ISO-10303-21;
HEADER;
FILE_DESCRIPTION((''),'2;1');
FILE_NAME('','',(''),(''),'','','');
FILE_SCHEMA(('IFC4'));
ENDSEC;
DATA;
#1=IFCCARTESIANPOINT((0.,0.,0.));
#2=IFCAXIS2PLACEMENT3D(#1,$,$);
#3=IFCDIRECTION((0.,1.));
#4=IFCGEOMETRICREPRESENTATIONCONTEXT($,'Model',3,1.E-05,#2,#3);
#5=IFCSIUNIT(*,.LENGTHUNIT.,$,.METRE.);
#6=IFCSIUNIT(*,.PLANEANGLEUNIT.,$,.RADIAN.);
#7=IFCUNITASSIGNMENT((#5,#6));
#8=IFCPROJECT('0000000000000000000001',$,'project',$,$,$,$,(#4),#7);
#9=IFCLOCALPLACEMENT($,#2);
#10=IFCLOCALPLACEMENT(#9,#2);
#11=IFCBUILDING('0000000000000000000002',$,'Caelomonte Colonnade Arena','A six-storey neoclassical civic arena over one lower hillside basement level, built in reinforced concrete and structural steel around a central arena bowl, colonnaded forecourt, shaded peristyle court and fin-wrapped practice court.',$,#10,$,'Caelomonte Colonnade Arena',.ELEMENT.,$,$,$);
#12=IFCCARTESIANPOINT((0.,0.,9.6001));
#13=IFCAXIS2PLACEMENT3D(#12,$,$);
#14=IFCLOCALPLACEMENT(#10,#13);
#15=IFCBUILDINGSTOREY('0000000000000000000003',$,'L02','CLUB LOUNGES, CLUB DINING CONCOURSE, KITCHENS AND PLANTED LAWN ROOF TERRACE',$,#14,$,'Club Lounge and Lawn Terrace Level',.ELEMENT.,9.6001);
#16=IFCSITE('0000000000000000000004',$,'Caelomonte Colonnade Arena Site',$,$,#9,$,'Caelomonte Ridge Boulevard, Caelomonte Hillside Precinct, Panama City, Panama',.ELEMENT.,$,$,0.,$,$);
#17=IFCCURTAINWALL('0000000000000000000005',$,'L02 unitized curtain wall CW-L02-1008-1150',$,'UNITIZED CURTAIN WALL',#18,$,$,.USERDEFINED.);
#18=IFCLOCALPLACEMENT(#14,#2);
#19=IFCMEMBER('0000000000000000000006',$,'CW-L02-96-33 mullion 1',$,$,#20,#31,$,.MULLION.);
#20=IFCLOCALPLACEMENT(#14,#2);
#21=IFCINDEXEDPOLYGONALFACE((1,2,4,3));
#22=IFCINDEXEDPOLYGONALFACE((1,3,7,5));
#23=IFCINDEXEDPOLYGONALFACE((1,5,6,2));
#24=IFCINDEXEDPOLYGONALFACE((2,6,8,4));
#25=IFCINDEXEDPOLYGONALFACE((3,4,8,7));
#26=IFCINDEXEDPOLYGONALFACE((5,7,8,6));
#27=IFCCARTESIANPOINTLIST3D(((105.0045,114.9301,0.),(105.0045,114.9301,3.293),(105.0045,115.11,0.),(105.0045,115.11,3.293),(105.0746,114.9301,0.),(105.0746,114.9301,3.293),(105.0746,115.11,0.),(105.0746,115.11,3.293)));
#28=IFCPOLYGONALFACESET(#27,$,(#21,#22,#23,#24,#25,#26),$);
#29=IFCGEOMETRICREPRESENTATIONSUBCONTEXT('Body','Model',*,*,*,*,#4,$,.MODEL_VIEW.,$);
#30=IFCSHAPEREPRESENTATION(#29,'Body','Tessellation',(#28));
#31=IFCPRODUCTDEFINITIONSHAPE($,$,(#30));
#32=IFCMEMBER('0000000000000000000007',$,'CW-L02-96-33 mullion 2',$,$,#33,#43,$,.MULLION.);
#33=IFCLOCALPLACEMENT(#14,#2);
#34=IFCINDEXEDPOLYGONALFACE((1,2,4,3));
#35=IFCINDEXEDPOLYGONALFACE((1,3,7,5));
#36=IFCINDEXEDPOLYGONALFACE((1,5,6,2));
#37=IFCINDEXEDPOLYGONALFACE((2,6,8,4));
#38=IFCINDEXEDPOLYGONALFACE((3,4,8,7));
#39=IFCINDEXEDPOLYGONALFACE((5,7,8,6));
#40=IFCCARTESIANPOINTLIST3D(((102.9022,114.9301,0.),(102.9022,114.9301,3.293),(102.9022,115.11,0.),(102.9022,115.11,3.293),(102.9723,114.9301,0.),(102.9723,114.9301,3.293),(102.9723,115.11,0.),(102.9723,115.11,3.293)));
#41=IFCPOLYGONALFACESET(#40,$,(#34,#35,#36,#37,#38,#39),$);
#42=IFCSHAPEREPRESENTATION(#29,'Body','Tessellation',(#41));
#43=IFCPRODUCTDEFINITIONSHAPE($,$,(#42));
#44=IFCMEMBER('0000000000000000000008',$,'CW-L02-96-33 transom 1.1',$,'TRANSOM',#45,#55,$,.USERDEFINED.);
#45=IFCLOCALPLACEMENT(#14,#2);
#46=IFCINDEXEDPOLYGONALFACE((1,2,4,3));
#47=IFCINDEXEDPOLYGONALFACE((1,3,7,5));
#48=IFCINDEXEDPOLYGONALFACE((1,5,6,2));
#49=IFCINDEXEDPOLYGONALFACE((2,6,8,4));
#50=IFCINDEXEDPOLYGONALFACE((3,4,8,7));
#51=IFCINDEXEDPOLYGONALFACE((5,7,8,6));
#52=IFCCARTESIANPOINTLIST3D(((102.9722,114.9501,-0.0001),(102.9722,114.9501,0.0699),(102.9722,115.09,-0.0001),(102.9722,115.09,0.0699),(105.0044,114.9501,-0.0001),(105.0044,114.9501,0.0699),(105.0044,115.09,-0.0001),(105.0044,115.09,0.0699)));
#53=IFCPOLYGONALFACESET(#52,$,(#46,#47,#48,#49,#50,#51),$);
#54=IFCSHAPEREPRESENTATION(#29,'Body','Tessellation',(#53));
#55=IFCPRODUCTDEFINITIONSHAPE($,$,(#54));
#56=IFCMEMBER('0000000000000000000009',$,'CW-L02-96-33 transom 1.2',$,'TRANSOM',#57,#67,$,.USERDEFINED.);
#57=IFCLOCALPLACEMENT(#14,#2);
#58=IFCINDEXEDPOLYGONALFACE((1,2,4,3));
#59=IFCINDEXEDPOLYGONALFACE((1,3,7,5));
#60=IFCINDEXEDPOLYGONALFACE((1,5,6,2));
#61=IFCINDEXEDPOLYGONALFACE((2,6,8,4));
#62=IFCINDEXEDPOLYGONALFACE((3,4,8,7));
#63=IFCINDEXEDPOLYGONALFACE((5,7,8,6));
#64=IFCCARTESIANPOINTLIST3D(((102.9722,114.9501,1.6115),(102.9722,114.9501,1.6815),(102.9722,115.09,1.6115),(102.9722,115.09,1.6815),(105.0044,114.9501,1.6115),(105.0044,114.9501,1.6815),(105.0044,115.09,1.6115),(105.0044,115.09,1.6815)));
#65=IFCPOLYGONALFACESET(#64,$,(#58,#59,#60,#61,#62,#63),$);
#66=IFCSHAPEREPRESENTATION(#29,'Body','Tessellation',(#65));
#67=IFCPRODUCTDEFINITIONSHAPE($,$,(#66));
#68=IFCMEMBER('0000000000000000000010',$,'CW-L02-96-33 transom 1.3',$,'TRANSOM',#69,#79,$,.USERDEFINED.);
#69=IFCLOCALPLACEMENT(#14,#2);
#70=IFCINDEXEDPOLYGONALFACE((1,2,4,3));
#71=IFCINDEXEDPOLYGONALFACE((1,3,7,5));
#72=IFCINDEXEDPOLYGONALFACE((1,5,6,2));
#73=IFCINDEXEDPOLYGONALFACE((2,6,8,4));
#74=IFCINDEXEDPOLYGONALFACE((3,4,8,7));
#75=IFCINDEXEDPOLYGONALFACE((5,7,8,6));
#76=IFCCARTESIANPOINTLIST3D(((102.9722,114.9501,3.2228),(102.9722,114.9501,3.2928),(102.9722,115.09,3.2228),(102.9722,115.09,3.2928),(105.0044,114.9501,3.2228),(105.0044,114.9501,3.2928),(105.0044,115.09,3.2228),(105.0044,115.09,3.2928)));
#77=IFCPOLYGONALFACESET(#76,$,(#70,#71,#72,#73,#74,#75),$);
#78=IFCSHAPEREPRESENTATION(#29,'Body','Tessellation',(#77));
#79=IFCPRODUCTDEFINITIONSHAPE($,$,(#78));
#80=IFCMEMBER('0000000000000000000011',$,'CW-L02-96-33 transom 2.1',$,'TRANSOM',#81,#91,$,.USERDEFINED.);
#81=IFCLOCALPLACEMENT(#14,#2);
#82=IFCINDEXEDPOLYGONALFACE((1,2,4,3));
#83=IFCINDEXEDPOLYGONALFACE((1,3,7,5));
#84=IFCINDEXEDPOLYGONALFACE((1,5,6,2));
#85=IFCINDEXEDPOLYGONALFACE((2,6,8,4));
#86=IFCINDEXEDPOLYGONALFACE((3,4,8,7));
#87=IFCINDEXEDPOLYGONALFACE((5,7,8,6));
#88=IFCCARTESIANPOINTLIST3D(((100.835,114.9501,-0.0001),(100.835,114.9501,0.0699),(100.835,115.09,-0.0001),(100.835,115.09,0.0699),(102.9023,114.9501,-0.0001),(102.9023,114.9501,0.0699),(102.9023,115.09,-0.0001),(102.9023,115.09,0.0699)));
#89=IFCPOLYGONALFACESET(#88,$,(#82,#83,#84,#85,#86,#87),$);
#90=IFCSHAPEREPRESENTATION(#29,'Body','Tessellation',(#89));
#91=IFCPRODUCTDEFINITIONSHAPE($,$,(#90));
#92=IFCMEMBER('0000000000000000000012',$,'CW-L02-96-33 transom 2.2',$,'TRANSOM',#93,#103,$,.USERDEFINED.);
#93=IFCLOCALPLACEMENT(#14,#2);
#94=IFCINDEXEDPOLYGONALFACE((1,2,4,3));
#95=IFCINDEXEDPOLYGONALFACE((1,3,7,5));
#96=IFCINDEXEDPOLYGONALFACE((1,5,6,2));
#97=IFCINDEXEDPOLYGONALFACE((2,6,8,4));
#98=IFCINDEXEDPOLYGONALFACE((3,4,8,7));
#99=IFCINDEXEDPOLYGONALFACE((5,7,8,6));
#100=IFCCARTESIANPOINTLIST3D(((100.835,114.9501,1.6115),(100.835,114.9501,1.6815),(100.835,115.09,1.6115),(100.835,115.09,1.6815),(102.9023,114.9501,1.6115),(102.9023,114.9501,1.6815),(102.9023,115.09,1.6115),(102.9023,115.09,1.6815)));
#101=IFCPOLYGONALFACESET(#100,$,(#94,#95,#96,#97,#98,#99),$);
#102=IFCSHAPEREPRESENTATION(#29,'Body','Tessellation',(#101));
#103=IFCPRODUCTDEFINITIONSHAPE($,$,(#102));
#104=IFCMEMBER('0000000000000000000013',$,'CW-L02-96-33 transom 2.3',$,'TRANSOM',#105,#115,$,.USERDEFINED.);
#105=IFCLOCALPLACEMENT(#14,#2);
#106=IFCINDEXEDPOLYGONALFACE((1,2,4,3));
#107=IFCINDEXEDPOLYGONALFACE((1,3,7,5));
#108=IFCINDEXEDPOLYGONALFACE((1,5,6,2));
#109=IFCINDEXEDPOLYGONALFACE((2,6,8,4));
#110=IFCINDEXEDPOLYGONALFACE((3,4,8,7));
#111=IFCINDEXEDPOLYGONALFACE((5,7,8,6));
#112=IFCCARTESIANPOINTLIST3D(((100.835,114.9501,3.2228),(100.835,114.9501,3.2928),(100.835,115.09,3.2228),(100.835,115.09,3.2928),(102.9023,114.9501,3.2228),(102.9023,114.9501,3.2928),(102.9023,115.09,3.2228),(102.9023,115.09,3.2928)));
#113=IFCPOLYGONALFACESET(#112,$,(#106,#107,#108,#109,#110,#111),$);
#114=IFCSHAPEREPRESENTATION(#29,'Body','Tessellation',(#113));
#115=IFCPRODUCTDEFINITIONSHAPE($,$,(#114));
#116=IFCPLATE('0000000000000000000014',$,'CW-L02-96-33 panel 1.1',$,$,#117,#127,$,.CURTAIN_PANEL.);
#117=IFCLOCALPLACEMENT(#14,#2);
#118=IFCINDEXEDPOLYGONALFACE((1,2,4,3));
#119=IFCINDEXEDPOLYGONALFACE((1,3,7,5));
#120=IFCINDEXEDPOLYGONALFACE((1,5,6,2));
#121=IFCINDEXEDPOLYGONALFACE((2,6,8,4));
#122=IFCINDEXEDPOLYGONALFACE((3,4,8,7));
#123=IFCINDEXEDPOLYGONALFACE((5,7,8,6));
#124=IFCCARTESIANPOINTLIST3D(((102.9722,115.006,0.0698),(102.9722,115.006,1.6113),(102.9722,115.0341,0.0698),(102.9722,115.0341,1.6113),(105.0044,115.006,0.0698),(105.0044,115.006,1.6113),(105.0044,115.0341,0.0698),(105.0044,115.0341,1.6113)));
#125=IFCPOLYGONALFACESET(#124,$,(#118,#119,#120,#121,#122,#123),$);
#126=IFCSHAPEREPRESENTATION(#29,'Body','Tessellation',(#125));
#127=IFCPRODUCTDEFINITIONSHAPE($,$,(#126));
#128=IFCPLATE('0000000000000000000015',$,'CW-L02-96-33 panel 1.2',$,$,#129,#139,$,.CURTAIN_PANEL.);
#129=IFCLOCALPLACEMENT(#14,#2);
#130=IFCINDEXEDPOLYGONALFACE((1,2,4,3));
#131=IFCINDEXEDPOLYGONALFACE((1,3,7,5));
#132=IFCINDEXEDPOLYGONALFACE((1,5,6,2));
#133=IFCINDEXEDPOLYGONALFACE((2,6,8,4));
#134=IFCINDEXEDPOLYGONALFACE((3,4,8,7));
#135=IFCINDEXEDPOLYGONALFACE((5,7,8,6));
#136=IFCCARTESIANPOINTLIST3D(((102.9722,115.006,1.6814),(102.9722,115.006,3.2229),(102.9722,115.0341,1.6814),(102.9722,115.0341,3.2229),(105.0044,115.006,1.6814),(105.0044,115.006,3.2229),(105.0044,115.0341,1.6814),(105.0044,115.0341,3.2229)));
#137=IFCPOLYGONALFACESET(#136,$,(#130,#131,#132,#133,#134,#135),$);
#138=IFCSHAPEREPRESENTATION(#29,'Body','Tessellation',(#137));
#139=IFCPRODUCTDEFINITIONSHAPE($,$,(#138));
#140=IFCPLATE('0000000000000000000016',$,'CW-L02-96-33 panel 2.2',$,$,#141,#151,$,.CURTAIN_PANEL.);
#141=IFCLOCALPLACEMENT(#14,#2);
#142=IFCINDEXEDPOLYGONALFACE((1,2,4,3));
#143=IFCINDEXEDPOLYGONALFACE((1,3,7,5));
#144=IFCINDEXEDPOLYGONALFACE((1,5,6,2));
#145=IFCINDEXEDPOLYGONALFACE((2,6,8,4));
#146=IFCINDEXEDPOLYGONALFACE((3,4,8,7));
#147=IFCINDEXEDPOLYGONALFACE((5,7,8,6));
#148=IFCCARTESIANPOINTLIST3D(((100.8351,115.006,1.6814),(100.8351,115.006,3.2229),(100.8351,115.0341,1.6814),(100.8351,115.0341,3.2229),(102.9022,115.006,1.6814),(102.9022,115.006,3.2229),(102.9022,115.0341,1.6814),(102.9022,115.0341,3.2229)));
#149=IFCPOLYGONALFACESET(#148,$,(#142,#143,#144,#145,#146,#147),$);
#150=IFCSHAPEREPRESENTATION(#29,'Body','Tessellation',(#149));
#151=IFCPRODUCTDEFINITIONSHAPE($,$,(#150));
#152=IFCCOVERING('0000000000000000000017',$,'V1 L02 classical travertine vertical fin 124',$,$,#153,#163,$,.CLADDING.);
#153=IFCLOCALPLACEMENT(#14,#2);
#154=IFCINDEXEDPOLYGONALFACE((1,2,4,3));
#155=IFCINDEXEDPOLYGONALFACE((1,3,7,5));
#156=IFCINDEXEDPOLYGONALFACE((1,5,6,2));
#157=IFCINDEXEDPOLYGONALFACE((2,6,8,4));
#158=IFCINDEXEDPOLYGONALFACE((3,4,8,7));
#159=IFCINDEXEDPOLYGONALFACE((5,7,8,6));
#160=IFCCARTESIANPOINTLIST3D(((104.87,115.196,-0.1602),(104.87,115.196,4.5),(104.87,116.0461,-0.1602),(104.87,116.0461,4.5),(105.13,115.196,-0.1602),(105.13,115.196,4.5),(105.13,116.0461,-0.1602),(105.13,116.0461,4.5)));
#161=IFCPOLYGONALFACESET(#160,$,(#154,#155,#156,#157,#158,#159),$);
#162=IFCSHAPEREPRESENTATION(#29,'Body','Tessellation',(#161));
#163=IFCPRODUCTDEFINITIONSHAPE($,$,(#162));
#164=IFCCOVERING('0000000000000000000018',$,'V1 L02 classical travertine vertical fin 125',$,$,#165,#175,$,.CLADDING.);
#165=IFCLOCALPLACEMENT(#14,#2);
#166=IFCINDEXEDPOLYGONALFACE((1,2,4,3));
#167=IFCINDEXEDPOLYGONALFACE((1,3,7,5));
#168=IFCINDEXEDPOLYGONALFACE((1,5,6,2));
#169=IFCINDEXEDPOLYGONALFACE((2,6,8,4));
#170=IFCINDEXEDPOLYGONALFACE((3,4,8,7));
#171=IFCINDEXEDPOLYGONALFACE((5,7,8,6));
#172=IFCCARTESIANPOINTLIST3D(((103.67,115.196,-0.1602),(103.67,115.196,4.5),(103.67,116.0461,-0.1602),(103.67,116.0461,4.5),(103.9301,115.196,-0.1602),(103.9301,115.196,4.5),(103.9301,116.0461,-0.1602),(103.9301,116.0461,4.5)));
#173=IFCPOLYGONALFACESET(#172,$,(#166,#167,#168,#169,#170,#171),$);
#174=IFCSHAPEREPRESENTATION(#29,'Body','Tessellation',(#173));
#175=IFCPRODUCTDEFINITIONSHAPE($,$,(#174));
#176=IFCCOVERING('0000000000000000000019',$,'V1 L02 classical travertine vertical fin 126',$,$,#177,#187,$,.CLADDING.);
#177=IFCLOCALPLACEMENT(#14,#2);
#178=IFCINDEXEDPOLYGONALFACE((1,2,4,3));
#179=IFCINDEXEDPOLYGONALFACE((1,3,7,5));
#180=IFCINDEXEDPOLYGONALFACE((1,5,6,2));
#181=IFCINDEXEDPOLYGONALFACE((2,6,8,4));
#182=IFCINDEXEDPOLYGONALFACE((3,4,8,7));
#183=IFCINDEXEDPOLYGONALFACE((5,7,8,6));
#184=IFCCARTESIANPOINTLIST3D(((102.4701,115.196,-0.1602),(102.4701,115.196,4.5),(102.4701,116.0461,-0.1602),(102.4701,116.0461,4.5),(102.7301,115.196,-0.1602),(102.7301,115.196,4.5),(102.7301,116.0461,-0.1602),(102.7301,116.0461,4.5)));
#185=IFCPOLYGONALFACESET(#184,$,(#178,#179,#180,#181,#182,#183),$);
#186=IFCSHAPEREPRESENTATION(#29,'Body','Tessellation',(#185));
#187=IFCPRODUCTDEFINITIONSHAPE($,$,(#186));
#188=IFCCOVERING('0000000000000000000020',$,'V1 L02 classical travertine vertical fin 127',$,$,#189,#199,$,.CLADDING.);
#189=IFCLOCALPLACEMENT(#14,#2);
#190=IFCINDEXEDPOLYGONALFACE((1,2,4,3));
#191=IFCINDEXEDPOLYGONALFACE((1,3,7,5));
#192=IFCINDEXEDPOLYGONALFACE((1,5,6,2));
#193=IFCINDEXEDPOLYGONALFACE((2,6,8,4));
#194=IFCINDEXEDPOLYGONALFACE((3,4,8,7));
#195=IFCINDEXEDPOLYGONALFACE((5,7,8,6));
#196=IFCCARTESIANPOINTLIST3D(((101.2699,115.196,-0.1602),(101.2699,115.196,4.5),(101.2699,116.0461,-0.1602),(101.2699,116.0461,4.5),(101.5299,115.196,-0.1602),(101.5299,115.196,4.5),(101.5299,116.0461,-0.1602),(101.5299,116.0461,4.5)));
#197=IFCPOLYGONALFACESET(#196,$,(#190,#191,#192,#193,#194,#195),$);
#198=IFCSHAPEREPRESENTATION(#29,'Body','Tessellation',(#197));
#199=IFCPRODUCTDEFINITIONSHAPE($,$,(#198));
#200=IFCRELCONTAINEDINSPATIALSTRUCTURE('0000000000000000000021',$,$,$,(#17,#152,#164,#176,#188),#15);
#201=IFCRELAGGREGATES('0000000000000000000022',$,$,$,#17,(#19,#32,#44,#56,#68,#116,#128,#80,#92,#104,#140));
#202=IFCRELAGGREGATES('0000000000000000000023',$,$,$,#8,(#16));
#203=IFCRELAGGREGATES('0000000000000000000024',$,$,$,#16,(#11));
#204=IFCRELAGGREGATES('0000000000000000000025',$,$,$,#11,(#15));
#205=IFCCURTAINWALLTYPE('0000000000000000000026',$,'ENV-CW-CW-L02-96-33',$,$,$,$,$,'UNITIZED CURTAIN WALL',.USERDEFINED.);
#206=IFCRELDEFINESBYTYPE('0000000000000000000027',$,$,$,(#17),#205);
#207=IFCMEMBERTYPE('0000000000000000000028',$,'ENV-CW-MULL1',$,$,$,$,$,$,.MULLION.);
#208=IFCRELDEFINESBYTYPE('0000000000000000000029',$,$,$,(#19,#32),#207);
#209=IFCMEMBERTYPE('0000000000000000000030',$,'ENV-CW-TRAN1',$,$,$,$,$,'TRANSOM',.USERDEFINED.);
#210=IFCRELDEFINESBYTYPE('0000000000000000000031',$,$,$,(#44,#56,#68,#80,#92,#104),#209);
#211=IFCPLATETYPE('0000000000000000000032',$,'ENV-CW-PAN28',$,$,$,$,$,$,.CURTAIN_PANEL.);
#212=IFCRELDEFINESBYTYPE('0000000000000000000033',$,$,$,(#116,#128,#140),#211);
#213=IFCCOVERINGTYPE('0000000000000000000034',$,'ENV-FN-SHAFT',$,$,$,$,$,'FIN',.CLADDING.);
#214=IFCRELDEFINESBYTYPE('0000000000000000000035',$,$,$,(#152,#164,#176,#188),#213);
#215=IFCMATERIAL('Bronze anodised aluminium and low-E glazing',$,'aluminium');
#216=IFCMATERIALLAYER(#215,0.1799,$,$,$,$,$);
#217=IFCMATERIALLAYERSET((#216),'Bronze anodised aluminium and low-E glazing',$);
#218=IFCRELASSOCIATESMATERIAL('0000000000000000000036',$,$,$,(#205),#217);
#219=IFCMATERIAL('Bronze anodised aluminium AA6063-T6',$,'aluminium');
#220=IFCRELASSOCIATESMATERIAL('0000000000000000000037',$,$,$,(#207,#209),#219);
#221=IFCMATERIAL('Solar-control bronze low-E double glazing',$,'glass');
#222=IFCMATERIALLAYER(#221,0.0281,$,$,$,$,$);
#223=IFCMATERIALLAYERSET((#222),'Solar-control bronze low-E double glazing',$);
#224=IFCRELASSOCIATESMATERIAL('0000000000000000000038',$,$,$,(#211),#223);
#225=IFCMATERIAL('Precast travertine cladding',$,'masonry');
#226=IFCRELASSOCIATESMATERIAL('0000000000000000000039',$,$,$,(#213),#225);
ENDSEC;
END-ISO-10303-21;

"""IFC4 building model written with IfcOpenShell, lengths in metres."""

from ifc_helpers import new_model, si_unit, direction, frame, origin, origin_2d, place, context, subcontext, project, spatial, rectangle, extrude, material, layer, layer_set, material_profile, profile_set, type_object, element, aggregate, save


model = new_model("IFC4")

# Units and contexts
model_context = context("Model", 3, precision=1e-05, world=origin(), true_north=direction((0.0, 1.0)))
body_context = subcontext(model_context, "Body", "Model", "MODEL_VIEW")
ifc_project = project(units=[si_unit("LENGTHUNIT", "METRE"), si_unit("PLANEANGLEUNIT", "RADIAN")], contexts=[model_context])

# Site, building, storey
site_placement = place(None, origin())
site = spatial("IfcSite", under=ifc_project, at=site_placement, Name="Caelomonte Colonnade Arena Site", LongName="Caelomonte Ridge Boulevard, Caelomonte Hillside Precinct, Panama City, Panama", CompositionType="ELEMENT", RefElevation=0.0)
building_placement = place(site_placement, origin())
building = spatial("IfcBuilding", under=site, at=building_placement, Name="Caelomonte Colonnade Arena", Description="A six-storey neoclassical civic arena over one lower hillside basement level, built in reinforced concrete and structural steel around a central arena bowl, colonnaded forecourt, shaded peristyle court and fin-wrapped practice court.", LongName="Caelomonte Colonnade Arena", CompositionType="ELEMENT")
storey_placement = place(building_placement, frame((0.0, 0.0, 9.6001)))
storey = spatial("IfcBuildingStorey", under=building, at=storey_placement, Name="L02", Description="CLUB LOUNGES, CLUB DINING CONCOURSE, KITCHENS AND PLANTED LAWN ROOF TERRACE", LongName="Club Lounge and Lawn Terrace Level", CompositionType="ELEMENT", Elevation=9.6001)

# Curtain wall, members, plates
ifc_material_1 = material(Name="Bronze anodised aluminium and low-E glazing", Category="aluminium")
ifc_layer_1 = layer(ifc_material_1, 0.1799)
ifc_layer_set_1 = layer_set([ifc_layer_1], Name="Bronze anodised aluminium and low-E glazing")
curtain_wall_type = type_object("IfcCurtainWallType", Name="ENV-CW-CW-L02-96-33", ElementType="UNITIZED CURTAIN WALL", PredefinedType="USERDEFINED", material=ifc_layer_set_1)
curtain_wall_placement = place(storey_placement, origin())
curtain_wall = element("IfcCurtainWall", 1, at=curtain_wall_placement, inside=storey, type_object=curtain_wall_type, Name="L02 unitized curtain wall CW-L02-1008-1150", ObjectType="UNITIZED CURTAIN WALL", PredefinedType="USERDEFINED")
ifc_material_2 = material(Name="Bronze anodised aluminium AA6063-T6", Category="aluminium")
ifc_material_profile_1 = material_profile(ifc_material_2, rectangle(XDim=0.0701, YDim=0.1799, at=origin_2d()), Name="CWM-70X180")
ifc_profile_set_1 = profile_set([ifc_material_profile_1], Name="Bronze anodised aluminium AA6063-T6")
member_type_1 = type_object("IfcMemberType", Name="ENV-CW-MULL1", PredefinedType="MULLION", material=ifc_profile_set_1)
member_1_placement = place(storey_placement, frame((105.0396, 115.02, 0.0), z_axis=(0.0, 0.0, 1.0), x_axis=(-1.0, 0.0, 0.0)))
member_1 = element("IfcMember", 2, at=member_1_placement, type_object=member_type_1, Name="CW-L02-96-33 mullion 1", PredefinedType="MULLION", context=body_context, shape_type="SweptSolid", body=[
    extrude(rectangle(XDim=0.0701, YDim=0.1799, at=origin_2d()), origin(), (0.0, 0.0, 1.0), 3.293),
])
member_2_placement = place(storey_placement, frame((102.9373, 115.02, 0.0), z_axis=(0.0, 0.0, 1.0), x_axis=(-1.0, 0.0, 0.0)))
member_2 = element("IfcMember", 3, at=member_2_placement, type_object=member_type_1, Name="CW-L02-96-33 mullion 2", PredefinedType="MULLION", context=body_context, shape_type="SweptSolid", body=[
    extrude(rectangle(XDim=0.0701, YDim=0.1799, at=origin_2d()), origin(), (0.0, 0.0, 1.0), 3.293),
])
ifc_material_profile_2 = material_profile(ifc_material_2, rectangle(XDim=0.0701, YDim=0.1399, at=origin_2d()), Name="CWT-70X140")
ifc_profile_set_2 = profile_set([ifc_material_profile_2], Name="Bronze anodised aluminium AA6063-T6")
member_type_2 = type_object("IfcMemberType", Name="ENV-CW-TRAN1", ElementType="TRANSOM", PredefinedType="USERDEFINED", material=ifc_profile_set_2)
member_3_placement = place(storey_placement, frame((105.0044, 115.02, 0.0349), z_axis=(-1.0, 0.0, 0.0), x_axis=(0.0, 0.0, 1.0)))
member_3 = element("IfcMember", 4, at=member_3_placement, type_object=member_type_2, Name="CW-L02-96-33 transom 1.1", ObjectType="TRANSOM", PredefinedType="USERDEFINED", context=body_context, shape_type="SweptSolid", body=[
    extrude(rectangle(XDim=0.0701, YDim=0.1399, at=origin_2d()), origin(), (0.0, 0.0, 1.0), 2.0322),
])
member_4_placement = place(storey_placement, frame((105.0044, 115.02, 1.6465), z_axis=(-1.0, 0.0, 0.0), x_axis=(0.0, 0.0, 1.0)))
member_4 = element("IfcMember", 5, at=member_4_placement, type_object=member_type_2, Name="CW-L02-96-33 transom 1.2", ObjectType="TRANSOM", PredefinedType="USERDEFINED", context=body_context, shape_type="SweptSolid", body=[
    extrude(rectangle(XDim=0.0701, YDim=0.1399, at=origin_2d()), origin(), (0.0, 0.0, 1.0), 2.0322),
])
member_5_placement = place(storey_placement, frame((105.0044, 115.02, 3.2578), z_axis=(-1.0, 0.0, 0.0), x_axis=(0.0, 0.0, 1.0)))
member_5 = element("IfcMember", 6, at=member_5_placement, type_object=member_type_2, Name="CW-L02-96-33 transom 1.3", ObjectType="TRANSOM", PredefinedType="USERDEFINED", context=body_context, shape_type="SweptSolid", body=[
    extrude(rectangle(XDim=0.0701, YDim=0.1399, at=origin_2d()), origin(), (0.0, 0.0, 1.0), 2.0322),
])
member_6_placement = place(storey_placement, frame((102.9023, 115.02, 0.0349), z_axis=(-1.0, 0.0, 0.0), x_axis=(0.0, 0.0, 1.0)))
member_6 = element("IfcMember", 7, at=member_6_placement, type_object=member_type_2, Name="CW-L02-96-33 transom 2.1", ObjectType="TRANSOM", PredefinedType="USERDEFINED", context=body_context, shape_type="SweptSolid", body=[
    extrude(rectangle(XDim=0.0701, YDim=0.1399, at=origin_2d()), origin(), (0.0, 0.0, 1.0), 2.0674),
])
member_7_placement = place(storey_placement, frame((102.9023, 115.02, 1.6465), z_axis=(-1.0, 0.0, 0.0), x_axis=(0.0, 0.0, 1.0)))
member_7 = element("IfcMember", 8, at=member_7_placement, type_object=member_type_2, Name="CW-L02-96-33 transom 2.2", ObjectType="TRANSOM", PredefinedType="USERDEFINED", context=body_context, shape_type="SweptSolid", body=[
    extrude(rectangle(XDim=0.0701, YDim=0.1399, at=origin_2d()), origin(), (0.0, 0.0, 1.0), 2.0674),
])
member_8_placement = place(storey_placement, frame((102.9023, 115.02, 3.2578), z_axis=(-1.0, 0.0, 0.0), x_axis=(0.0, 0.0, 1.0)))
member_8 = element("IfcMember", 9, at=member_8_placement, type_object=member_type_2, Name="CW-L02-96-33 transom 2.3", ObjectType="TRANSOM", PredefinedType="USERDEFINED", context=body_context, shape_type="SweptSolid", body=[
    extrude(rectangle(XDim=0.0701, YDim=0.1399, at=origin_2d()), origin(), (0.0, 0.0, 1.0), 2.0674),
])
ifc_material_3 = material(Name="Solar-control bronze low-E double glazing", Category="glass")
ifc_layer_2 = layer(ifc_material_3, 0.0281)
ifc_layer_set_2 = layer_set([ifc_layer_2], Name="Solar-control bronze low-E double glazing")
plate_type = type_object("IfcPlateType", Name="ENV-CW-PAN28", PredefinedType="CURTAIN_PANEL", material=ifc_layer_set_2)
plate_1_placement = place(storey_placement, frame((103.9883, 115.02, 0.0698), z_axis=(0.0, 0.0, 1.0), x_axis=(-1.0, 0.0, 0.0)))
plate_1 = element("IfcPlate", 10, at=plate_1_placement, type_object=plate_type, Name="CW-L02-96-33 panel 1.1", PredefinedType="CURTAIN_PANEL", context=body_context, shape_type="SweptSolid", body=[
    extrude(rectangle(XDim=2.0322, YDim=0.0281, at=origin_2d()), origin(), (0.0, 0.0, 1.0), 1.5415),
])
plate_2_placement = place(storey_placement, frame((103.9883, 115.02, 1.6814), z_axis=(0.0, 0.0, 1.0), x_axis=(-1.0, 0.0, 0.0)))
plate_2 = element("IfcPlate", 11, at=plate_2_placement, type_object=plate_type, Name="CW-L02-96-33 panel 1.2", PredefinedType="CURTAIN_PANEL", context=body_context, shape_type="SweptSolid", body=[
    extrude(rectangle(XDim=2.0322, YDim=0.0281, at=origin_2d()), origin(), (0.0, 0.0, 1.0), 1.5415),
])
plate_3_placement = place(storey_placement, frame((101.8687, 115.02, 1.6814), z_axis=(0.0, 0.0, 1.0), x_axis=(-1.0, 0.0, 0.0)))
plate_3 = element("IfcPlate", 12, at=plate_3_placement, type_object=plate_type, Name="CW-L02-96-33 panel 2.2", PredefinedType="CURTAIN_PANEL", context=body_context, shape_type="SweptSolid", body=[
    extrude(rectangle(XDim=2.0671, YDim=0.0281, at=origin_2d()), origin(), (0.0, 0.0, 1.0), 1.5415),
])
aggregate(curtain_wall, [member_1, member_2, member_3, member_4, member_5, plate_1, plate_2, member_6, member_7, member_8, plate_3])

# Coverings
ifc_material_4 = material(Name="Precast travertine cladding", Category="masonry")
ifc_material_profile_3 = material_profile(ifc_material_4, rectangle(XDim=0.26, YDim=0.8501, at=origin_2d()), Name="FIN260X850")
ifc_profile_set_3 = profile_set([ifc_material_profile_3], Name="Precast travertine cladding")
covering_type = type_object("IfcCoveringType", Name="ENV-FN-SHAFT", ElementType="FIN", PredefinedType="CLADDING", material=ifc_profile_set_3)
for number, where, z_axis, x_axis, name in (
    (13, (105.0, 115.6211, -0.1602), (0.0, 0.0, 1.0), (1.0, 0.0, 0.0), "V1 L02 classical travertine vertical fin 124"),
    (14, (103.8, 115.6211, -0.1602), (0.0, 0.0, 1.0), (1.0, 0.0, 0.0), "V1 L02 classical travertine vertical fin 125"),
    (15, (102.6001, 115.6211, -0.1602), (0.0, 0.0, 1.0), (1.0, 0.0, 0.0), "V1 L02 classical travertine vertical fin 126"),
    (16, (101.3999, 115.6211, -0.1602), (0.0, 0.0, 1.0), (1.0, 0.0, 0.0), "V1 L02 classical travertine vertical fin 127"),
):
    element("IfcCovering", number, at=place(storey_placement, frame(where, z_axis=z_axis, x_axis=x_axis)), inside=storey, type_object=covering_type, Name=name, PredefinedType="CLADDING", context=body_context, shape_type="SweptSolid", body=[
        extrude(rectangle(XDim=0.26, YDim=0.8501, at=origin_2d()), origin(), (0.0, 0.0, 1.0), 4.6602),
    ])

save(model, "model.ifc")
